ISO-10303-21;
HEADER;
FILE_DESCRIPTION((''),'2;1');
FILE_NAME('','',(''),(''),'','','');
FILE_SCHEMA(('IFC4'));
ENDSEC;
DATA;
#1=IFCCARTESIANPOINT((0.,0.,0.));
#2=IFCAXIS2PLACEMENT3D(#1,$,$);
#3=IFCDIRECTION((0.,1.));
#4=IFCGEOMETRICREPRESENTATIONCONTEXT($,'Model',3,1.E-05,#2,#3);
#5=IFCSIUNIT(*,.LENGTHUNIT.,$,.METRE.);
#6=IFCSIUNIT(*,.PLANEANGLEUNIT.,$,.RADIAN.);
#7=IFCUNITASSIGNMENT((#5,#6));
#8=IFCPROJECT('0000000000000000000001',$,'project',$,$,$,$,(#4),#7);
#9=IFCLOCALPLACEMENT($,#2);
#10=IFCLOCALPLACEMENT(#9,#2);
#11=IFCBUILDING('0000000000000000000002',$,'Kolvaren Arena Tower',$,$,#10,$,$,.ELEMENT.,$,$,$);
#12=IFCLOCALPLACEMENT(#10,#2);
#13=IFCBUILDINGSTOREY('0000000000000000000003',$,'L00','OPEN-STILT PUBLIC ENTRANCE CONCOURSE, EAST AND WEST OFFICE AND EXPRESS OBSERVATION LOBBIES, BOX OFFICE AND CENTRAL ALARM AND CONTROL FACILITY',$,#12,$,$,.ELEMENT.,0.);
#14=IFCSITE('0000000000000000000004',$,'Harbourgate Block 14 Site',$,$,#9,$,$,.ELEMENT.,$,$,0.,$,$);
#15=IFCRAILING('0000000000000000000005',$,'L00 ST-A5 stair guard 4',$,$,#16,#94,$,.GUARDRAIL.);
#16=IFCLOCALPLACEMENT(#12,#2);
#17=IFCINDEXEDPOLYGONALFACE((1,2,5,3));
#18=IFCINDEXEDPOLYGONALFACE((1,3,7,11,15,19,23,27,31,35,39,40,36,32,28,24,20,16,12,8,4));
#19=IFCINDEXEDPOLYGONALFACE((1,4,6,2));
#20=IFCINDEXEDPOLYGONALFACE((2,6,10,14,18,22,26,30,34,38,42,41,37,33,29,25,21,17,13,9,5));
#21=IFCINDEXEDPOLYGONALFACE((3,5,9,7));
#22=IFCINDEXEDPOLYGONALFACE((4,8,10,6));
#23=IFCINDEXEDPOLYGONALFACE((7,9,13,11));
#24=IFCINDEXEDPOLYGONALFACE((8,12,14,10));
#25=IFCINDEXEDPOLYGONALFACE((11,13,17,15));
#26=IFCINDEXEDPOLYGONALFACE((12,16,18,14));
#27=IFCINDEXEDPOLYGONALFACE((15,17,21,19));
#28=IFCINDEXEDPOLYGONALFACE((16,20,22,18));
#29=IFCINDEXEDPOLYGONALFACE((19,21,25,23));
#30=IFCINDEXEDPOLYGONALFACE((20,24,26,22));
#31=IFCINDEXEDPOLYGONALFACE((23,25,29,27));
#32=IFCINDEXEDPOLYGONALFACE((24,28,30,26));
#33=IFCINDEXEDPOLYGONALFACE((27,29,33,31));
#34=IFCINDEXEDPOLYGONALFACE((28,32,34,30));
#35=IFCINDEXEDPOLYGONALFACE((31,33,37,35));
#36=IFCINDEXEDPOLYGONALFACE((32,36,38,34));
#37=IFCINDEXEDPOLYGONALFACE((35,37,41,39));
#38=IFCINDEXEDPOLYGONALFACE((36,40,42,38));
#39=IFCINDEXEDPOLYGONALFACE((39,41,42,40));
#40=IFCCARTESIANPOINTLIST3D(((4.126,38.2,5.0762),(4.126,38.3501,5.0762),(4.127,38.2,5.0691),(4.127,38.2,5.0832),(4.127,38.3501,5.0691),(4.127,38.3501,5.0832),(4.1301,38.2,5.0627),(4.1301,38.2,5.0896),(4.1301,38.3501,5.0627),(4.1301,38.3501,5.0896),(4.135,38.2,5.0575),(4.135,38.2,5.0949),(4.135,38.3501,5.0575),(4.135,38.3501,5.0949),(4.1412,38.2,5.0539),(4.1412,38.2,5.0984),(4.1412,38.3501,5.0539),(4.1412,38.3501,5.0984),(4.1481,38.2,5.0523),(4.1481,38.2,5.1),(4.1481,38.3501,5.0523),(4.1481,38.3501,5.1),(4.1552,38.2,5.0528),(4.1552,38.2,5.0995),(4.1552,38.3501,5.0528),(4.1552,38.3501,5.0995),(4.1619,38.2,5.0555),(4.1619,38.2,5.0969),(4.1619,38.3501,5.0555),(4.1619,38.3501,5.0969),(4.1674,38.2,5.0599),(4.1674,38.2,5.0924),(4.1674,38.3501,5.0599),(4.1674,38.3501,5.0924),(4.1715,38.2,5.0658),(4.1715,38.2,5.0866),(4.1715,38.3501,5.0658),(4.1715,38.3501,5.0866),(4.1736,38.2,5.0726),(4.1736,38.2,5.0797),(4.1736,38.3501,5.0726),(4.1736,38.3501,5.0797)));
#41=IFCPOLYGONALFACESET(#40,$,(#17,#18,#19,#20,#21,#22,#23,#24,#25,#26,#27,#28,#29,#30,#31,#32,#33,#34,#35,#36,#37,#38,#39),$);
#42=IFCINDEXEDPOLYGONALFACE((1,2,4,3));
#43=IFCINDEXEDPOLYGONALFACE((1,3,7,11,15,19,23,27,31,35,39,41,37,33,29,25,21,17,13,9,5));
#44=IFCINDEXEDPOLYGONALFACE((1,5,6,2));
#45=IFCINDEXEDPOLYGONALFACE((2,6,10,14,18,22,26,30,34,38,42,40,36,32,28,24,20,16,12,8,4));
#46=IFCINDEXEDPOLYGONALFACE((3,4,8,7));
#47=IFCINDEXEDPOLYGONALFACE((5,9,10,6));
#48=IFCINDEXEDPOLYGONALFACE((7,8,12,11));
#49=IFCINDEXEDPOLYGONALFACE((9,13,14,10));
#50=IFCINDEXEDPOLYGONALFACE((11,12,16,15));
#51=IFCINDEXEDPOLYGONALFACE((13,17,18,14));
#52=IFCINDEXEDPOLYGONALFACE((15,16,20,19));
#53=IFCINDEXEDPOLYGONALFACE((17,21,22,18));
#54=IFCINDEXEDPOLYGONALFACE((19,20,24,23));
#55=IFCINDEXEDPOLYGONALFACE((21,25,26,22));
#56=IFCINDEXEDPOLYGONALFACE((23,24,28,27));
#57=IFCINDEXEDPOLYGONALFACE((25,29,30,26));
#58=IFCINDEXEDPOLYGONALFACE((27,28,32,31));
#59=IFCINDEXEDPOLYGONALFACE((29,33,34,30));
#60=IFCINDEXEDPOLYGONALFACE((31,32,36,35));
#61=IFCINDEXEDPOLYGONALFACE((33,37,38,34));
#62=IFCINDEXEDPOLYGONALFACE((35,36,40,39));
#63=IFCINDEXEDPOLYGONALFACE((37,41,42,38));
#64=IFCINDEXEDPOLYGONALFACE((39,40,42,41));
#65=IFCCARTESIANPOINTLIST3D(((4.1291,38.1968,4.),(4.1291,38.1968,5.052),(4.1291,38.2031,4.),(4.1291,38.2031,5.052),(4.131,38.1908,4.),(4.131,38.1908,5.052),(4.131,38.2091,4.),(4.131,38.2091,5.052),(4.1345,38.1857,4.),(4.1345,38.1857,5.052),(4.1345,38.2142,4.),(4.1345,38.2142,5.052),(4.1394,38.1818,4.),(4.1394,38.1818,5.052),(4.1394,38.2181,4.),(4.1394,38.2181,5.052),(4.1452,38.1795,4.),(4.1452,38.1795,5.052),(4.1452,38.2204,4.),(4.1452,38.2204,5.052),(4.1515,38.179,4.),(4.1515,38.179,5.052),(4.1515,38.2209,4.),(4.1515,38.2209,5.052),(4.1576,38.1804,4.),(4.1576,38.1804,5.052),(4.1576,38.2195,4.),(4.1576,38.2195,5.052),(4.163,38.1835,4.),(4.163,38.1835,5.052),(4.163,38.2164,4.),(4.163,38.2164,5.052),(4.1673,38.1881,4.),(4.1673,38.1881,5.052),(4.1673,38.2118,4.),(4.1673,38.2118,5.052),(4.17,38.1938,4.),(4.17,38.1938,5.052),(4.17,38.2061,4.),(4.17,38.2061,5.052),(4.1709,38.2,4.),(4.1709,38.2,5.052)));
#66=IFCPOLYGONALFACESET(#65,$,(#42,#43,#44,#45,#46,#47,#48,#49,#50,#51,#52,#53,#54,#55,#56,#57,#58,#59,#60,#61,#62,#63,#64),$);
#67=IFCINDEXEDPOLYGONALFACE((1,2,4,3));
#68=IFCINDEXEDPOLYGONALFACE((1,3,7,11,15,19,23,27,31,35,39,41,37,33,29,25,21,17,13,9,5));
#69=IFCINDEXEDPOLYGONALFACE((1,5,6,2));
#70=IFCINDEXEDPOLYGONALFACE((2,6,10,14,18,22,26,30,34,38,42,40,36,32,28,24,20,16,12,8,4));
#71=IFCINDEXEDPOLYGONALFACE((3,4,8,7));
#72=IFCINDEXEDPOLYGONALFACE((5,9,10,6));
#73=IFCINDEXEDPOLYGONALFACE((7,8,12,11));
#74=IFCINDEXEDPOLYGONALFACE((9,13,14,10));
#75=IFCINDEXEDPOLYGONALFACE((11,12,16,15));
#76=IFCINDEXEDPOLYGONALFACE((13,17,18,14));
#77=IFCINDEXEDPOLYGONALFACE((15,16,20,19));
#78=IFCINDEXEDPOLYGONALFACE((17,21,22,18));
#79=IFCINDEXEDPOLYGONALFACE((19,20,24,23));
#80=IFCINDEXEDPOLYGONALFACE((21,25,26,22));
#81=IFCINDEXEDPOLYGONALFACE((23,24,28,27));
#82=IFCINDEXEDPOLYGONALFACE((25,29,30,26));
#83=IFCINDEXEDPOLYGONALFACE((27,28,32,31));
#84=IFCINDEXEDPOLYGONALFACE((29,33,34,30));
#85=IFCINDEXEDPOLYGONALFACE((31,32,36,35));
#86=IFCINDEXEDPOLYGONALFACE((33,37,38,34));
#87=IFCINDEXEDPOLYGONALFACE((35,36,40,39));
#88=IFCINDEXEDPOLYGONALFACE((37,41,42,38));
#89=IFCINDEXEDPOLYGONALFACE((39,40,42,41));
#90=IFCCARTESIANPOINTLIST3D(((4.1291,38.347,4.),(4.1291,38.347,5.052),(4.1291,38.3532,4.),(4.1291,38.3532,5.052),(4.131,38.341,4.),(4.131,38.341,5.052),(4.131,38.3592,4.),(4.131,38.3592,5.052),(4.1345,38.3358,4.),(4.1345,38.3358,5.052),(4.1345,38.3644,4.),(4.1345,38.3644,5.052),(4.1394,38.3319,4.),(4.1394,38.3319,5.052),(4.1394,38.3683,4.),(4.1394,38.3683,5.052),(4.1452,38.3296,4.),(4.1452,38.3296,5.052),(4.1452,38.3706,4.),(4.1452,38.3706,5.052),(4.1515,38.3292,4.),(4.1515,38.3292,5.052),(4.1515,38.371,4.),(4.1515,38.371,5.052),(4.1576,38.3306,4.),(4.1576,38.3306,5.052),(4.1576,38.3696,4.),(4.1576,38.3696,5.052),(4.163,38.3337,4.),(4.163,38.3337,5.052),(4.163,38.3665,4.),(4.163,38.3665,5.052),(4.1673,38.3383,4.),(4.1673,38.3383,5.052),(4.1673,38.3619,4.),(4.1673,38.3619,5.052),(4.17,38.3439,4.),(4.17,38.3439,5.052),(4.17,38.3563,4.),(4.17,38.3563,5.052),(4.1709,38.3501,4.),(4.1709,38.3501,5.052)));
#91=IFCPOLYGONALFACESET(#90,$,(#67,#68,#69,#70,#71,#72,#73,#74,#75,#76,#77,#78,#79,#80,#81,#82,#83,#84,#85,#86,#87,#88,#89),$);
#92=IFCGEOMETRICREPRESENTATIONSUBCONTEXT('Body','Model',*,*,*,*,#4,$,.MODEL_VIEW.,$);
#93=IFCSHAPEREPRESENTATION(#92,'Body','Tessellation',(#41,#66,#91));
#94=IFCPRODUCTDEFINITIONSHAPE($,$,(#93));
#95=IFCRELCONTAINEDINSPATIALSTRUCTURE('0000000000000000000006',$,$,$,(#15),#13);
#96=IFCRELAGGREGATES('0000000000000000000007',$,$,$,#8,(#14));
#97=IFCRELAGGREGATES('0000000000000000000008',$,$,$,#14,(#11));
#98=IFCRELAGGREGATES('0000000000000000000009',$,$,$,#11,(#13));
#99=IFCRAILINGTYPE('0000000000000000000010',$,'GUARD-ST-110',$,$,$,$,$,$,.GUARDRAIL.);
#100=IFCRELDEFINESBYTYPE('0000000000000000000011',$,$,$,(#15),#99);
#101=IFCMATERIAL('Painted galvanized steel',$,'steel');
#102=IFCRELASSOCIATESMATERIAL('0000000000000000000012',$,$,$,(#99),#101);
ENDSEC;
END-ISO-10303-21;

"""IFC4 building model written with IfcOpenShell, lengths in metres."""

from ifc_helpers import new_model, si_unit, direction, frame, origin, origin_2d, place, context, subcontext, project, spatial, circle, extrude, material, type_object, element, save


model = new_model("IFC4")

# Units and contexts
model_context = context("Model", 3, precision=1e-05, world=origin(), true_north=direction((0.0, 1.0)))
body_context = subcontext(model_context, "Body", "Model", "MODEL_VIEW")
ifc_project = project(units=[si_unit("LENGTHUNIT", "METRE"), si_unit("PLANEANGLEUNIT", "RADIAN")], contexts=[model_context])

# Site, building, storey
site_placement = place(None, origin())
site = spatial("IfcSite", under=ifc_project, at=site_placement, Name="Harbourgate Block 14 Site", CompositionType="ELEMENT", RefElevation=0.0)
building_placement = place(site_placement, origin())
building = spatial("IfcBuilding", under=site, at=building_placement, Name="Kolvaren Arena Tower", CompositionType="ELEMENT")
storey_placement = place(building_placement, origin())
storey = spatial("IfcBuildingStorey", under=building, at=storey_placement, Name="L00", Description="OPEN-STILT PUBLIC ENTRANCE CONCOURSE, EAST AND WEST OFFICE AND EXPRESS OBSERVATION LOBBIES, BOX OFFICE AND CENTRAL ALARM AND CONTROL FACILITY", CompositionType="ELEMENT", Elevation=0.0)

# Railing
ifc_material_1 = material(Name="Painted galvanized steel", Category="steel")
railing_type_1 = type_object("IfcRailingType", Name="GUARD-ST-110", PredefinedType="GUARDRAIL", material=ifc_material_1)
railing_1_placement = place(storey_placement, frame((4.1499, 38.2, 4.0)))
element("IfcRailing", 1, at=railing_1_placement, inside=storey, type_object=railing_type_1, Name="L00 ST-A5 stair guard 4", PredefinedType="GUARDRAIL", context=body_context, shape_type="SweptSolid", body=[
    extrude(circle(Radius=0.0239, at=origin_2d()), frame((0.0, 0.0, 1.0762), z_axis=(0.0, 1.0, 0.0), x_axis=(-1.0, 0.0, 0.0)), (0.0, 0.0, 1.0), 0.1501),
    extrude(circle(Radius=0.021, at=origin_2d()), origin(), (0.0, 0.0, 1.0), 1.052),
    extrude(circle(Radius=0.021, at=origin_2d()), frame((0.0, 0.1501, 0.0)), (0.0, 0.0, 1.0), 1.052),
])

save(model, "model.ifc")
